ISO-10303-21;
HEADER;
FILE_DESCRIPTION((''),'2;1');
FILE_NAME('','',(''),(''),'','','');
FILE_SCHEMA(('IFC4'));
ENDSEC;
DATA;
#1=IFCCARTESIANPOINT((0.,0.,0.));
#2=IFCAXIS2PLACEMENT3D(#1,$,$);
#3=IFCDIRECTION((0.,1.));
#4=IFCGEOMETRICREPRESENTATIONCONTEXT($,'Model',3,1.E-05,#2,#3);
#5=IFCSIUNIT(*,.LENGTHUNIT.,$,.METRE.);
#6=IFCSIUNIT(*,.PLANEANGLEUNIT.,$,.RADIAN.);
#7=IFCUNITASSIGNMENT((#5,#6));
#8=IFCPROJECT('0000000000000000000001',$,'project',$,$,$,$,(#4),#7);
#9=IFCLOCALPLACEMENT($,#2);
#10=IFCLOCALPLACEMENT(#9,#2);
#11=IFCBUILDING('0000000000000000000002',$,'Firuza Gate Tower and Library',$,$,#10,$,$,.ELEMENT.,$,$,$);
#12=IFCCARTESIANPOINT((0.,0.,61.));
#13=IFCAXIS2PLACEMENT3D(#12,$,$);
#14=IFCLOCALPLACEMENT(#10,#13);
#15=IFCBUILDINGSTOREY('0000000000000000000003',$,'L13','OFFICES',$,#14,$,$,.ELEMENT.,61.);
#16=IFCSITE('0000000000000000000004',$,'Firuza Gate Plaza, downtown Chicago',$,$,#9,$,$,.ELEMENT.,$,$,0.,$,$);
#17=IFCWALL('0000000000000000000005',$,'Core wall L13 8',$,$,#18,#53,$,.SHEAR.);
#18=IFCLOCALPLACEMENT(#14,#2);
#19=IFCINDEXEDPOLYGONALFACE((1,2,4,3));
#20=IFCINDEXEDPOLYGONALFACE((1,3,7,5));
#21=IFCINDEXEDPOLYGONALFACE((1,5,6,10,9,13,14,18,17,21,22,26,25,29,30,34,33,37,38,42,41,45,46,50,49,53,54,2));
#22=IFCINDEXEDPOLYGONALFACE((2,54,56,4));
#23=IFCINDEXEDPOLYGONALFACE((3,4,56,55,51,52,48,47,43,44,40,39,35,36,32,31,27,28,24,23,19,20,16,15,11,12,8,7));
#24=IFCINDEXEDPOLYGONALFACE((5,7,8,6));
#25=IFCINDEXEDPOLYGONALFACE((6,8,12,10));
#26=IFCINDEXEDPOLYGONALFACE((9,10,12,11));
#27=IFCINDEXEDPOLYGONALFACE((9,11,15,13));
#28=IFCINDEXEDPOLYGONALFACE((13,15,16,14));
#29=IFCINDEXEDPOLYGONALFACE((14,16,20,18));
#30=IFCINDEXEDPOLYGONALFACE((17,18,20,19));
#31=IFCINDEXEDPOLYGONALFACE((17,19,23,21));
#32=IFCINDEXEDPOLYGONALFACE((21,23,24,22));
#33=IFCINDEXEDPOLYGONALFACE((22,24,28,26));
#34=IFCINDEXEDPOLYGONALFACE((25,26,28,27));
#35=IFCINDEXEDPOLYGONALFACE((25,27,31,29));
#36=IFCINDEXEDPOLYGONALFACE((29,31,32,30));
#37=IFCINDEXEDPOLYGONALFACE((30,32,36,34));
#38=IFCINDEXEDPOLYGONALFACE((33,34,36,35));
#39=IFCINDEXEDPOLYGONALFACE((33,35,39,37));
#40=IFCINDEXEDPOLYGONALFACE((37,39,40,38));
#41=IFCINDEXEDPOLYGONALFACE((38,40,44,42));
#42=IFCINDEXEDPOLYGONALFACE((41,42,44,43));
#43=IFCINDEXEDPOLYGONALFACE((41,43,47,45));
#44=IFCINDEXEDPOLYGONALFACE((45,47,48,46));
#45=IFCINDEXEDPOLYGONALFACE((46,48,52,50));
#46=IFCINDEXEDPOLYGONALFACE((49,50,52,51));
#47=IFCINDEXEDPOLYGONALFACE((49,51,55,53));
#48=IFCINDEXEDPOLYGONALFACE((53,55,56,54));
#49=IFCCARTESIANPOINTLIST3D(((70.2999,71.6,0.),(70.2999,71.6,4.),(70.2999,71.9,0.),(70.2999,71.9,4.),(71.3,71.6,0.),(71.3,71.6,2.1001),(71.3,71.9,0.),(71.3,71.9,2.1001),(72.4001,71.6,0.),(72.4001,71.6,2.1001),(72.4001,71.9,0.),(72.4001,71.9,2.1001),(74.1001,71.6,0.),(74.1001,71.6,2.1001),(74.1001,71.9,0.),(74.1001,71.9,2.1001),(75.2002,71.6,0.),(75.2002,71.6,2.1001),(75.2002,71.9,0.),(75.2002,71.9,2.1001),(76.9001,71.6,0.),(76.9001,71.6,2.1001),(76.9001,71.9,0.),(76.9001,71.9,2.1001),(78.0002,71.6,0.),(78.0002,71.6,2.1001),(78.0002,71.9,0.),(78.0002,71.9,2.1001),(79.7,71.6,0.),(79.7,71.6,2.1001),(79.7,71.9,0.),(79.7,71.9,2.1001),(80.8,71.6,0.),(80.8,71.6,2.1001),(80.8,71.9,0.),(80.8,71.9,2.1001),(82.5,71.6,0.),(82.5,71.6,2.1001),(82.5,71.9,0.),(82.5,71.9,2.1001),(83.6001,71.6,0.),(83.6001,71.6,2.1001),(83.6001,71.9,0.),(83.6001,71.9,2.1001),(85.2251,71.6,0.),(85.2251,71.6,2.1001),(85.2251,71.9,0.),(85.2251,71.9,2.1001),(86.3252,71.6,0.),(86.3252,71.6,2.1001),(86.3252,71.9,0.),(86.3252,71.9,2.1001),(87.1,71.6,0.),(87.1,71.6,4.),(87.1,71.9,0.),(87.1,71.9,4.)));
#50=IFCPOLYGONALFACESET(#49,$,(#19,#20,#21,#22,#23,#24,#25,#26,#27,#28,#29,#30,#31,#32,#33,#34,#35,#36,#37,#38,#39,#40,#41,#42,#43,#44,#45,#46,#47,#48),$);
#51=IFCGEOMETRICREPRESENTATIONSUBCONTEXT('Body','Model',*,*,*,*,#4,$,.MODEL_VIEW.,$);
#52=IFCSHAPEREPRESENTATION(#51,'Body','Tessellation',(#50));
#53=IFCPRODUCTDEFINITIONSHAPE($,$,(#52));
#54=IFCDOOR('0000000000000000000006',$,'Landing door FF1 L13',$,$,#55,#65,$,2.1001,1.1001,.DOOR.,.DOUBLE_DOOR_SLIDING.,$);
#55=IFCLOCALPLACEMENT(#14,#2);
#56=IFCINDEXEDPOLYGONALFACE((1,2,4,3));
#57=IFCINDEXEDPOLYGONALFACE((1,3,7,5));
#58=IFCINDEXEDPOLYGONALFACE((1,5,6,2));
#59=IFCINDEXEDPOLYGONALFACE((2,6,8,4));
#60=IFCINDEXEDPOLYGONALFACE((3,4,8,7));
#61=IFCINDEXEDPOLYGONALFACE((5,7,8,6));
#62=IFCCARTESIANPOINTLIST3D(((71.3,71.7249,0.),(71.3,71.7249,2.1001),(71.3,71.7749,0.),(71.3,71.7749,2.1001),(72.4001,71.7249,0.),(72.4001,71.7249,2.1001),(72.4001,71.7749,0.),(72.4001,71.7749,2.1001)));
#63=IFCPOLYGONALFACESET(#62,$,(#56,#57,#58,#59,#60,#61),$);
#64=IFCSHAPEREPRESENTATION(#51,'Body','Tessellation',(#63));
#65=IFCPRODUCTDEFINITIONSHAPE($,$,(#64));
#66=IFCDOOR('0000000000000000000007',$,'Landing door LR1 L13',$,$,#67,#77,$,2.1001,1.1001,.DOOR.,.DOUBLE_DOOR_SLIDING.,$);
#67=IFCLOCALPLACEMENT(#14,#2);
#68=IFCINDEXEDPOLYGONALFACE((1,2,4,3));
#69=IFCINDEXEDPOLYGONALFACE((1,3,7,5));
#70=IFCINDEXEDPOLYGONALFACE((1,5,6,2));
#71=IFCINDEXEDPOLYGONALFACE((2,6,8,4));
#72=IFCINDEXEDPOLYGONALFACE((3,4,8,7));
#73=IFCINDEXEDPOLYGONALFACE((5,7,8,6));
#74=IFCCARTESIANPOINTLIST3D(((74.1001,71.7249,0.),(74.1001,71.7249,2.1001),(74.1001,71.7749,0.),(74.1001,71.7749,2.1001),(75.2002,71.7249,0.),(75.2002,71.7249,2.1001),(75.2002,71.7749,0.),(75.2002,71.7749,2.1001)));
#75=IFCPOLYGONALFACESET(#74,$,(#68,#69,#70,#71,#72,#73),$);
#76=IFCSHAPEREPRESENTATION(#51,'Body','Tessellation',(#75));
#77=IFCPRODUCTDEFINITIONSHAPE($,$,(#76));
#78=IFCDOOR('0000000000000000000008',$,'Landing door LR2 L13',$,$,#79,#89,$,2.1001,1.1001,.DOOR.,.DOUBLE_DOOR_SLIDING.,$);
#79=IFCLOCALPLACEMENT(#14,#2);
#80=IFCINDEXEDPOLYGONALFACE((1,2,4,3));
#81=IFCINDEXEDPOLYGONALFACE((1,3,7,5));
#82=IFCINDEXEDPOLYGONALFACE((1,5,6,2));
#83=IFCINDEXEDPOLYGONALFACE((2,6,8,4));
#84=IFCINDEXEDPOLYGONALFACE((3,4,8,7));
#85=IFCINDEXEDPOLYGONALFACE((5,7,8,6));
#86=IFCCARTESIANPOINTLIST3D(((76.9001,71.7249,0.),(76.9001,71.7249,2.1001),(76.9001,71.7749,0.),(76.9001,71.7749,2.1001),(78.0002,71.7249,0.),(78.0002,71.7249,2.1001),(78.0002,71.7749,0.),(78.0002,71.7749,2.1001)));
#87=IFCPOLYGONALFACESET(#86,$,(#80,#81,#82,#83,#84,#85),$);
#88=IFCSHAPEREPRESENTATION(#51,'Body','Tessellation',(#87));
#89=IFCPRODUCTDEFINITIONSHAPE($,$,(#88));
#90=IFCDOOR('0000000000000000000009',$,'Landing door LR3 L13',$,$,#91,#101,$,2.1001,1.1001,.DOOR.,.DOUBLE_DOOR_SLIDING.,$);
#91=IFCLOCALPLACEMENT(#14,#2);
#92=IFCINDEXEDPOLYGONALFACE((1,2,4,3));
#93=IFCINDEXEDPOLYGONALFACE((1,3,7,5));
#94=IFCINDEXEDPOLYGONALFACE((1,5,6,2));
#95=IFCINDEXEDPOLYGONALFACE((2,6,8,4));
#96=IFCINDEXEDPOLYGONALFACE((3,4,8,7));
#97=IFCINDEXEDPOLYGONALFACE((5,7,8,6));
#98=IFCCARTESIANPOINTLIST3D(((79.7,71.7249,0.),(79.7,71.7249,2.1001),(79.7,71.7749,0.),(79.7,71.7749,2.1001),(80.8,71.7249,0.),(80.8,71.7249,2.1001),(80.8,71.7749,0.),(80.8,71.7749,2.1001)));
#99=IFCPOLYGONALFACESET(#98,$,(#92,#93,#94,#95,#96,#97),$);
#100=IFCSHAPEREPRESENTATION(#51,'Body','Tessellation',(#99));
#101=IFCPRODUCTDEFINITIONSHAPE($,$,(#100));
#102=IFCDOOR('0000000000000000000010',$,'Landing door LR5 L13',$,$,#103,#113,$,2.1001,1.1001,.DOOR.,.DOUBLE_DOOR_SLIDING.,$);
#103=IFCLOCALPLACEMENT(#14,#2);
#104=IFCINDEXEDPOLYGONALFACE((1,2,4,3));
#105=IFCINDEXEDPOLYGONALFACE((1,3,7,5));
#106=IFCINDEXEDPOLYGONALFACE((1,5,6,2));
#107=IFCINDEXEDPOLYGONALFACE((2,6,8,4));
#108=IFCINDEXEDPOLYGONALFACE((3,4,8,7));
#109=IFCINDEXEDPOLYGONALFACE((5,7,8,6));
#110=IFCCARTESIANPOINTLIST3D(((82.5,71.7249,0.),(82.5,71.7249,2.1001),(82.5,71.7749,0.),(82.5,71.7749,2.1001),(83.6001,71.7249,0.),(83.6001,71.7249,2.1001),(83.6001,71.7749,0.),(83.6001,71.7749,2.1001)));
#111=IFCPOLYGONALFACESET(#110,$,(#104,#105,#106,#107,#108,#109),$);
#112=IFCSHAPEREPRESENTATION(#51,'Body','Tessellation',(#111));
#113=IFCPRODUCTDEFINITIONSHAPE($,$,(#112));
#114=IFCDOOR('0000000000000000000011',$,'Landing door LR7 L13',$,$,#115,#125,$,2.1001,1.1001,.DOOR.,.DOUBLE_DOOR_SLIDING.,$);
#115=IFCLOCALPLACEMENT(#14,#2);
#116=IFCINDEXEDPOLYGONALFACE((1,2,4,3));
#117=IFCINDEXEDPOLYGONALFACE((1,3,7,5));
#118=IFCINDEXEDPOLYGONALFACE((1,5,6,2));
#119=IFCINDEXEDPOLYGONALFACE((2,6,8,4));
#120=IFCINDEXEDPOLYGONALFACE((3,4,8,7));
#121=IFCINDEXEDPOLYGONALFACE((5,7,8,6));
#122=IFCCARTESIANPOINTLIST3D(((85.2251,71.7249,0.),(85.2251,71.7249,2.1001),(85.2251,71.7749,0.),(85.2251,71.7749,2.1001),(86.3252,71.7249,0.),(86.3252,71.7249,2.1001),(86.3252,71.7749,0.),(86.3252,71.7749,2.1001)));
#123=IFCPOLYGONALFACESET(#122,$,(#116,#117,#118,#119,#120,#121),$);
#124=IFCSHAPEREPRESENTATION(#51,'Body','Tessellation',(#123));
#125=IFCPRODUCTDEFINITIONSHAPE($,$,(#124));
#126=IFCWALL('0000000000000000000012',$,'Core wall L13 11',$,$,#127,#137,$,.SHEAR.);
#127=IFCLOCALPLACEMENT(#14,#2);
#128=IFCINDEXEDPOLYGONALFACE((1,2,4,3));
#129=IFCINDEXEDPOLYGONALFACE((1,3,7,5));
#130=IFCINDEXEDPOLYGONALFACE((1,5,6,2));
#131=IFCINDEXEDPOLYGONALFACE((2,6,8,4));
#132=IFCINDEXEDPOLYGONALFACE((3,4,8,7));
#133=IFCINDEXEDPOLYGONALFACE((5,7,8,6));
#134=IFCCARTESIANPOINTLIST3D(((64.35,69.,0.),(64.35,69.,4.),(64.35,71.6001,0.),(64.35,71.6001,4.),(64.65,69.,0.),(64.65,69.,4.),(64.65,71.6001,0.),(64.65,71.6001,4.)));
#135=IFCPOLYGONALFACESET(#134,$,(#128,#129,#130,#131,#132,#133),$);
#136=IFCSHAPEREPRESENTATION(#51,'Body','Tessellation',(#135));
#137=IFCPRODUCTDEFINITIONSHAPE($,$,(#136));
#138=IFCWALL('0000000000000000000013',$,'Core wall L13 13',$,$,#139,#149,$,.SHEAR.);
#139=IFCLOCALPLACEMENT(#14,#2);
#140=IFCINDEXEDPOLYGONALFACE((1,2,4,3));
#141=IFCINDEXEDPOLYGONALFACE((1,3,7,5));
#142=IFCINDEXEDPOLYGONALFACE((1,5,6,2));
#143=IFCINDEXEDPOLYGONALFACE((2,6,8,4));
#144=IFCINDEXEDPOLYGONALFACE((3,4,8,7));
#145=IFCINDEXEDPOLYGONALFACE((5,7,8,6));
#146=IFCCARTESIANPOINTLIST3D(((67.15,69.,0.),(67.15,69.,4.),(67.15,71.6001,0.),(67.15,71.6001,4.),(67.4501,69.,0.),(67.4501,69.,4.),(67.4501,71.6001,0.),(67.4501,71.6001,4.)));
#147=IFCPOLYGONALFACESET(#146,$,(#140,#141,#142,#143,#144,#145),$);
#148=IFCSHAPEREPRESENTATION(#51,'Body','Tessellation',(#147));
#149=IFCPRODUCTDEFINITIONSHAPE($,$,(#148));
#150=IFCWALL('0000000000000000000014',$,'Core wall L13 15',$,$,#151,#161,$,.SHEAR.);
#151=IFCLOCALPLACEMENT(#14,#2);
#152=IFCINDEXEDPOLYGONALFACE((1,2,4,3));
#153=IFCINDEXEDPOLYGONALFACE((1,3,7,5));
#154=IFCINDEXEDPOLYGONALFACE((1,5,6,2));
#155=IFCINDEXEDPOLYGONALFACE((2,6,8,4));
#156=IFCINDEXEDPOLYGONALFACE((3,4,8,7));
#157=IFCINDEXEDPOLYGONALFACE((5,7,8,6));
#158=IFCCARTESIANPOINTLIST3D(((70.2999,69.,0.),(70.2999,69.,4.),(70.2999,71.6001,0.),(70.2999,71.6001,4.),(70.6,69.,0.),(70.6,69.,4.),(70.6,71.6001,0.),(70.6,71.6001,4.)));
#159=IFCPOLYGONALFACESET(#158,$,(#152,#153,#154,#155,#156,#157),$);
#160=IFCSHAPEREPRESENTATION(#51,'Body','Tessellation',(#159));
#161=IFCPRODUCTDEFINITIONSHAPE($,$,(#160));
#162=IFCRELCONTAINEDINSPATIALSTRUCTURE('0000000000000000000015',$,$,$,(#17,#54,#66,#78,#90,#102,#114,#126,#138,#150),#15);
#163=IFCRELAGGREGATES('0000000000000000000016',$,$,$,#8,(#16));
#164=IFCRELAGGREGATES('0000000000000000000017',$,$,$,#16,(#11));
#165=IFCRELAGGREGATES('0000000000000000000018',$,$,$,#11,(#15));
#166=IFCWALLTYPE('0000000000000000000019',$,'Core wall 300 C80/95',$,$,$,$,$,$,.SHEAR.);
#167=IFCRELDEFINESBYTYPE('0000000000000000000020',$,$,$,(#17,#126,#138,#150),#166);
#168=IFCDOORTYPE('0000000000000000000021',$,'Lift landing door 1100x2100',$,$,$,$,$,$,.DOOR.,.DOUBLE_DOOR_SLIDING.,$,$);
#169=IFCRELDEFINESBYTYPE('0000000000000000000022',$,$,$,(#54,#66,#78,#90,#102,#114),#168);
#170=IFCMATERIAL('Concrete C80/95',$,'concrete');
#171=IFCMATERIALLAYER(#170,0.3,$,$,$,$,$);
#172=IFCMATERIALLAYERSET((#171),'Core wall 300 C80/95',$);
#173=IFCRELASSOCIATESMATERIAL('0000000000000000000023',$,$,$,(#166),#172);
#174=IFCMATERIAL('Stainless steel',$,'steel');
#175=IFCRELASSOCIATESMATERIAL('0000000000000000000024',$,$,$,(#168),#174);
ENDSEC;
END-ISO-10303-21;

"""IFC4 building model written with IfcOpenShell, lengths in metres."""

from ifc_helpers import new_model, si_unit, direction, frame, frame_2d, origin, place, context, subcontext, project, spatial, rectangle, extrude, material, layer, layer_set, type_object, element, fill, save


model = new_model("IFC4")

# Units and contexts
model_context = context("Model", 3, precision=1e-05, world=origin(), true_north=direction((0.0, 1.0)))
body_context = subcontext(model_context, "Body", "Model", "MODEL_VIEW")
ifc_project = project(units=[si_unit("LENGTHUNIT", "METRE"), si_unit("PLANEANGLEUNIT", "RADIAN")], contexts=[model_context])

# Site, building, storey
site_placement = place(None, origin())
site = spatial("IfcSite", under=ifc_project, at=site_placement, Name="Firuza Gate Plaza, downtown Chicago", CompositionType="ELEMENT", RefElevation=0.0)
building_placement = place(site_placement, origin())
building = spatial("IfcBuilding", under=site, at=building_placement, Name="Firuza Gate Tower and Library", CompositionType="ELEMENT")
storey_placement = place(building_placement, frame((0.0, 0.0, 61.0)))
storey = spatial("IfcBuildingStorey", under=building, at=storey_placement, Name="L13", Description="OFFICES", CompositionType="ELEMENT", Elevation=61.0)

# Shared definitions
ifc_material_1 = material(Name="Concrete C80/95", Category="concrete")
ifc_layer_1 = layer(ifc_material_1, 0.3)
ifc_layer_set_1 = layer_set([ifc_layer_1], Name="Core wall 300 C80/95")
wall_type_1 = type_object("IfcWallType", Name="Core wall 300 C80/95", PredefinedType="SHEAR", material=ifc_layer_set_1)

# Wall, openings, doors
wall_1_placement = place(storey_placement, frame((70.3, 71.75, 0.0), z_axis=(0.0, 0.0, 1.0), x_axis=(1.0, 0.0, 0.0)))
wall_1 = element("IfcWall", 1, at=wall_1_placement, inside=storey, type_object=wall_type_1, Name="Core wall L13 8", PredefinedType="SHEAR", context=body_context, shape_type="SweptSolid", body=[
    extrude(rectangle(XDim=16.8, YDim=0.3, at=frame_2d((8.3999, 0.0))), origin(), (0.0, 0.0, 1.0), 4.0),
])
opening_1_placement = place(wall_1_placement, frame((1.0, 0.0, 0.0)))
opening_1 = element("IfcOpeningElement", 2, at=opening_1_placement, cuts=wall_1, PredefinedType="OPENING", context=body_context, shape_type="SweptSolid", body=[
    extrude(rectangle(XDim=1.1001, YDim=2.1001, at=frame_2d((0.55, 1.05))), frame((0.0, 0.1602, 0.0), z_axis=(0.0, -1.0, 0.0), x_axis=(1.0, 0.0, 0.0)), (0.0, 0.0, 1.0), 0.3201),
])
opening_2_placement = place(wall_1_placement, frame((3.8, 0.0, 0.0)))
opening_2 = element("IfcOpeningElement", 3, at=opening_2_placement, cuts=wall_1, PredefinedType="OPENING", context=body_context, shape_type="SweptSolid", body=[
    extrude(rectangle(XDim=1.1001, YDim=2.1001, at=frame_2d((0.55, 1.05))), frame((0.0, 0.1602, 0.0), z_axis=(0.0, -1.0, 0.0), x_axis=(1.0, 0.0, 0.0)), (0.0, 0.0, 1.0), 0.3201),
])
opening_3_placement = place(wall_1_placement, frame((6.6001, 0.0, 0.0)))
opening_3 = element("IfcOpeningElement", 4, at=opening_3_placement, cuts=wall_1, PredefinedType="OPENING", context=body_context, shape_type="SweptSolid", body=[
    extrude(rectangle(XDim=1.1001, YDim=2.1001, at=frame_2d((0.55, 1.05))), frame((0.0, 0.1602, 0.0), z_axis=(0.0, -1.0, 0.0), x_axis=(1.0, 0.0, 0.0)), (0.0, 0.0, 1.0), 0.3201),
])
opening_4_placement = place(wall_1_placement, frame((9.3999, 0.0, 0.0)))
opening_4 = element("IfcOpeningElement", 5, at=opening_4_placement, cuts=wall_1, PredefinedType="OPENING", context=body_context, shape_type="SweptSolid", body=[
    extrude(rectangle(XDim=1.1001, YDim=2.1001, at=frame_2d((0.55, 1.05))), frame((0.0, 0.1602, 0.0), z_axis=(0.0, -1.0, 0.0), x_axis=(1.0, 0.0, 0.0)), (0.0, 0.0, 1.0), 0.3201),
])
opening_5_placement = place(wall_1_placement, frame((12.2, 0.0, 0.0)))
opening_5 = element("IfcOpeningElement", 6, at=opening_5_placement, cuts=wall_1, PredefinedType="OPENING", context=body_context, shape_type="SweptSolid", body=[
    extrude(rectangle(XDim=1.1001, YDim=2.1001, at=frame_2d((0.55, 1.05))), frame((0.0, 0.1602, 0.0), z_axis=(0.0, -1.0, 0.0), x_axis=(1.0, 0.0, 0.0)), (0.0, 0.0, 1.0), 0.3201),
])
opening_6_placement = place(wall_1_placement, frame((14.925, 0.0, 0.0)))
opening_6 = element("IfcOpeningElement", 7, at=opening_6_placement, cuts=wall_1, PredefinedType="OPENING", context=body_context, shape_type="SweptSolid", body=[
    extrude(rectangle(XDim=1.1001, YDim=2.1001, at=frame_2d((0.55, 1.05))), frame((0.0, 0.1602, 0.0), z_axis=(0.0, -1.0, 0.0), x_axis=(1.0, 0.0, 0.0)), (0.0, 0.0, 1.0), 0.3201),
])
ifc_material_2 = material(Name="Stainless steel", Category="steel")
door_type_1 = type_object("IfcDoorType", Name="Lift landing door 1100x2100", OperationType="DOUBLE_DOOR_SLIDING", PredefinedType="DOOR", material=ifc_material_2)
door_1_placement = place(opening_1_placement, origin())
door_1 = element("IfcDoor", 8, at=door_1_placement, inside=storey, type_object=door_type_1, Name="Landing door FF1 L13", OperationType="DOUBLE_DOOR_SLIDING", OverallHeight=2.1001, OverallWidth=1.1001, PredefinedType="DOOR", context=body_context, shape_type="SweptSolid", body=[
    extrude(rectangle(XDim=1.1001, YDim=2.1001, at=frame_2d((0.55, 1.05))), frame((0.0, 0.0249, 0.0), z_axis=(0.0, -1.0, 0.0), x_axis=(1.0, 0.0, 0.0)), (0.0, 0.0, 1.0), 0.05),
])
fill(opening_1, door_1)
door_2_placement = place(opening_2_placement, origin())
door_2 = element("IfcDoor", 9, at=door_2_placement, inside=storey, type_object=door_type_1, Name="Landing door LR1 L13", OperationType="DOUBLE_DOOR_SLIDING", OverallHeight=2.1001, OverallWidth=1.1001, PredefinedType="DOOR", context=body_context, shape_type="SweptSolid", body=[
    extrude(rectangle(XDim=1.1001, YDim=2.1001, at=frame_2d((0.55, 1.05))), frame((0.0, 0.0249, 0.0), z_axis=(0.0, -1.0, 0.0), x_axis=(1.0, 0.0, 0.0)), (0.0, 0.0, 1.0), 0.05),
])
fill(opening_2, door_2)
door_3_placement = place(opening_3_placement, origin())
door_3 = element("IfcDoor", 10, at=door_3_placement, inside=storey, type_object=door_type_1, Name="Landing door LR2 L13", OperationType="DOUBLE_DOOR_SLIDING", OverallHeight=2.1001, OverallWidth=1.1001, PredefinedType="DOOR", context=body_context, shape_type="SweptSolid", body=[
    extrude(rectangle(XDim=1.1001, YDim=2.1001, at=frame_2d((0.55, 1.05))), frame((0.0, 0.0249, 0.0), z_axis=(0.0, -1.0, 0.0), x_axis=(1.0, 0.0, 0.0)), (0.0, 0.0, 1.0), 0.05),
])
fill(opening_3, door_3)
door_4_placement = place(opening_4_placement, origin())
door_4 = element("IfcDoor", 11, at=door_4_placement, inside=storey, type_object=door_type_1, Name="Landing door LR3 L13", OperationType="DOUBLE_DOOR_SLIDING", OverallHeight=2.1001, OverallWidth=1.1001, PredefinedType="DOOR", context=body_context, shape_type="SweptSolid", body=[
    extrude(rectangle(XDim=1.1001, YDim=2.1001, at=frame_2d((0.55, 1.05))), frame((0.0, 0.0249, 0.0), z_axis=(0.0, -1.0, 0.0), x_axis=(1.0, 0.0, 0.0)), (0.0, 0.0, 1.0), 0.05),
])
fill(opening_4, door_4)
door_5_placement = place(opening_5_placement, origin())
door_5 = element("IfcDoor", 12, at=door_5_placement, inside=storey, type_object=door_type_1, Name="Landing door LR5 L13", OperationType="DOUBLE_DOOR_SLIDING", OverallHeight=2.1001, OverallWidth=1.1001, PredefinedType="DOOR", context=body_context, shape_type="SweptSolid", body=[
    extrude(rectangle(XDim=1.1001, YDim=2.1001, at=frame_2d((0.55, 1.05))), frame((0.0, 0.0249, 0.0), z_axis=(0.0, -1.0, 0.0), x_axis=(1.0, 0.0, 0.0)), (0.0, 0.0, 1.0), 0.05),
])
fill(opening_5, door_5)
door_6_placement = place(opening_6_placement, origin())
door_6 = element("IfcDoor", 13, at=door_6_placement, inside=storey, type_object=door_type_1, Name="Landing door LR7 L13", OperationType="DOUBLE_DOOR_SLIDING", OverallHeight=2.1001, OverallWidth=1.1001, PredefinedType="DOOR", context=body_context, shape_type="SweptSolid", body=[
    extrude(rectangle(XDim=1.1001, YDim=2.1001, at=frame_2d((0.55, 1.05))), frame((0.0, 0.0249, 0.0), z_axis=(0.0, -1.0, 0.0), x_axis=(1.0, 0.0, 0.0)), (0.0, 0.0, 1.0), 0.05),
])
fill(opening_6, door_6)

# Walls
for number, where, z_axis, x_axis, name in (
    (14, (64.5, 69.0, 0.0), (0.0, 0.0, 1.0), (0.0, 1.0, 0.0), "Core wall L13 11"),
    (15, (67.3, 69.0, 0.0), (0.0, 0.0, 1.0), (0.0, 1.0, 0.0), "Core wall L13 13"),
    (16, (70.45, 69.0, 0.0), (0.0, 0.0, 1.0), (0.0, 1.0, 0.0), "Core wall L13 15"),
):
    element("IfcWall", number, at=place(storey_placement, frame(where, z_axis=z_axis, x_axis=x_axis)), inside=storey, type_object=wall_type_1, Name=name, PredefinedType="SHEAR", context=body_context, shape_type="SweptSolid", body=[
        extrude(rectangle(XDim=2.6001, YDim=0.3, at=frame_2d((1.3, 0.0))), origin(), (0.0, 0.0, 1.0), 4.0),
    ])

save(model, "model.ifc")
